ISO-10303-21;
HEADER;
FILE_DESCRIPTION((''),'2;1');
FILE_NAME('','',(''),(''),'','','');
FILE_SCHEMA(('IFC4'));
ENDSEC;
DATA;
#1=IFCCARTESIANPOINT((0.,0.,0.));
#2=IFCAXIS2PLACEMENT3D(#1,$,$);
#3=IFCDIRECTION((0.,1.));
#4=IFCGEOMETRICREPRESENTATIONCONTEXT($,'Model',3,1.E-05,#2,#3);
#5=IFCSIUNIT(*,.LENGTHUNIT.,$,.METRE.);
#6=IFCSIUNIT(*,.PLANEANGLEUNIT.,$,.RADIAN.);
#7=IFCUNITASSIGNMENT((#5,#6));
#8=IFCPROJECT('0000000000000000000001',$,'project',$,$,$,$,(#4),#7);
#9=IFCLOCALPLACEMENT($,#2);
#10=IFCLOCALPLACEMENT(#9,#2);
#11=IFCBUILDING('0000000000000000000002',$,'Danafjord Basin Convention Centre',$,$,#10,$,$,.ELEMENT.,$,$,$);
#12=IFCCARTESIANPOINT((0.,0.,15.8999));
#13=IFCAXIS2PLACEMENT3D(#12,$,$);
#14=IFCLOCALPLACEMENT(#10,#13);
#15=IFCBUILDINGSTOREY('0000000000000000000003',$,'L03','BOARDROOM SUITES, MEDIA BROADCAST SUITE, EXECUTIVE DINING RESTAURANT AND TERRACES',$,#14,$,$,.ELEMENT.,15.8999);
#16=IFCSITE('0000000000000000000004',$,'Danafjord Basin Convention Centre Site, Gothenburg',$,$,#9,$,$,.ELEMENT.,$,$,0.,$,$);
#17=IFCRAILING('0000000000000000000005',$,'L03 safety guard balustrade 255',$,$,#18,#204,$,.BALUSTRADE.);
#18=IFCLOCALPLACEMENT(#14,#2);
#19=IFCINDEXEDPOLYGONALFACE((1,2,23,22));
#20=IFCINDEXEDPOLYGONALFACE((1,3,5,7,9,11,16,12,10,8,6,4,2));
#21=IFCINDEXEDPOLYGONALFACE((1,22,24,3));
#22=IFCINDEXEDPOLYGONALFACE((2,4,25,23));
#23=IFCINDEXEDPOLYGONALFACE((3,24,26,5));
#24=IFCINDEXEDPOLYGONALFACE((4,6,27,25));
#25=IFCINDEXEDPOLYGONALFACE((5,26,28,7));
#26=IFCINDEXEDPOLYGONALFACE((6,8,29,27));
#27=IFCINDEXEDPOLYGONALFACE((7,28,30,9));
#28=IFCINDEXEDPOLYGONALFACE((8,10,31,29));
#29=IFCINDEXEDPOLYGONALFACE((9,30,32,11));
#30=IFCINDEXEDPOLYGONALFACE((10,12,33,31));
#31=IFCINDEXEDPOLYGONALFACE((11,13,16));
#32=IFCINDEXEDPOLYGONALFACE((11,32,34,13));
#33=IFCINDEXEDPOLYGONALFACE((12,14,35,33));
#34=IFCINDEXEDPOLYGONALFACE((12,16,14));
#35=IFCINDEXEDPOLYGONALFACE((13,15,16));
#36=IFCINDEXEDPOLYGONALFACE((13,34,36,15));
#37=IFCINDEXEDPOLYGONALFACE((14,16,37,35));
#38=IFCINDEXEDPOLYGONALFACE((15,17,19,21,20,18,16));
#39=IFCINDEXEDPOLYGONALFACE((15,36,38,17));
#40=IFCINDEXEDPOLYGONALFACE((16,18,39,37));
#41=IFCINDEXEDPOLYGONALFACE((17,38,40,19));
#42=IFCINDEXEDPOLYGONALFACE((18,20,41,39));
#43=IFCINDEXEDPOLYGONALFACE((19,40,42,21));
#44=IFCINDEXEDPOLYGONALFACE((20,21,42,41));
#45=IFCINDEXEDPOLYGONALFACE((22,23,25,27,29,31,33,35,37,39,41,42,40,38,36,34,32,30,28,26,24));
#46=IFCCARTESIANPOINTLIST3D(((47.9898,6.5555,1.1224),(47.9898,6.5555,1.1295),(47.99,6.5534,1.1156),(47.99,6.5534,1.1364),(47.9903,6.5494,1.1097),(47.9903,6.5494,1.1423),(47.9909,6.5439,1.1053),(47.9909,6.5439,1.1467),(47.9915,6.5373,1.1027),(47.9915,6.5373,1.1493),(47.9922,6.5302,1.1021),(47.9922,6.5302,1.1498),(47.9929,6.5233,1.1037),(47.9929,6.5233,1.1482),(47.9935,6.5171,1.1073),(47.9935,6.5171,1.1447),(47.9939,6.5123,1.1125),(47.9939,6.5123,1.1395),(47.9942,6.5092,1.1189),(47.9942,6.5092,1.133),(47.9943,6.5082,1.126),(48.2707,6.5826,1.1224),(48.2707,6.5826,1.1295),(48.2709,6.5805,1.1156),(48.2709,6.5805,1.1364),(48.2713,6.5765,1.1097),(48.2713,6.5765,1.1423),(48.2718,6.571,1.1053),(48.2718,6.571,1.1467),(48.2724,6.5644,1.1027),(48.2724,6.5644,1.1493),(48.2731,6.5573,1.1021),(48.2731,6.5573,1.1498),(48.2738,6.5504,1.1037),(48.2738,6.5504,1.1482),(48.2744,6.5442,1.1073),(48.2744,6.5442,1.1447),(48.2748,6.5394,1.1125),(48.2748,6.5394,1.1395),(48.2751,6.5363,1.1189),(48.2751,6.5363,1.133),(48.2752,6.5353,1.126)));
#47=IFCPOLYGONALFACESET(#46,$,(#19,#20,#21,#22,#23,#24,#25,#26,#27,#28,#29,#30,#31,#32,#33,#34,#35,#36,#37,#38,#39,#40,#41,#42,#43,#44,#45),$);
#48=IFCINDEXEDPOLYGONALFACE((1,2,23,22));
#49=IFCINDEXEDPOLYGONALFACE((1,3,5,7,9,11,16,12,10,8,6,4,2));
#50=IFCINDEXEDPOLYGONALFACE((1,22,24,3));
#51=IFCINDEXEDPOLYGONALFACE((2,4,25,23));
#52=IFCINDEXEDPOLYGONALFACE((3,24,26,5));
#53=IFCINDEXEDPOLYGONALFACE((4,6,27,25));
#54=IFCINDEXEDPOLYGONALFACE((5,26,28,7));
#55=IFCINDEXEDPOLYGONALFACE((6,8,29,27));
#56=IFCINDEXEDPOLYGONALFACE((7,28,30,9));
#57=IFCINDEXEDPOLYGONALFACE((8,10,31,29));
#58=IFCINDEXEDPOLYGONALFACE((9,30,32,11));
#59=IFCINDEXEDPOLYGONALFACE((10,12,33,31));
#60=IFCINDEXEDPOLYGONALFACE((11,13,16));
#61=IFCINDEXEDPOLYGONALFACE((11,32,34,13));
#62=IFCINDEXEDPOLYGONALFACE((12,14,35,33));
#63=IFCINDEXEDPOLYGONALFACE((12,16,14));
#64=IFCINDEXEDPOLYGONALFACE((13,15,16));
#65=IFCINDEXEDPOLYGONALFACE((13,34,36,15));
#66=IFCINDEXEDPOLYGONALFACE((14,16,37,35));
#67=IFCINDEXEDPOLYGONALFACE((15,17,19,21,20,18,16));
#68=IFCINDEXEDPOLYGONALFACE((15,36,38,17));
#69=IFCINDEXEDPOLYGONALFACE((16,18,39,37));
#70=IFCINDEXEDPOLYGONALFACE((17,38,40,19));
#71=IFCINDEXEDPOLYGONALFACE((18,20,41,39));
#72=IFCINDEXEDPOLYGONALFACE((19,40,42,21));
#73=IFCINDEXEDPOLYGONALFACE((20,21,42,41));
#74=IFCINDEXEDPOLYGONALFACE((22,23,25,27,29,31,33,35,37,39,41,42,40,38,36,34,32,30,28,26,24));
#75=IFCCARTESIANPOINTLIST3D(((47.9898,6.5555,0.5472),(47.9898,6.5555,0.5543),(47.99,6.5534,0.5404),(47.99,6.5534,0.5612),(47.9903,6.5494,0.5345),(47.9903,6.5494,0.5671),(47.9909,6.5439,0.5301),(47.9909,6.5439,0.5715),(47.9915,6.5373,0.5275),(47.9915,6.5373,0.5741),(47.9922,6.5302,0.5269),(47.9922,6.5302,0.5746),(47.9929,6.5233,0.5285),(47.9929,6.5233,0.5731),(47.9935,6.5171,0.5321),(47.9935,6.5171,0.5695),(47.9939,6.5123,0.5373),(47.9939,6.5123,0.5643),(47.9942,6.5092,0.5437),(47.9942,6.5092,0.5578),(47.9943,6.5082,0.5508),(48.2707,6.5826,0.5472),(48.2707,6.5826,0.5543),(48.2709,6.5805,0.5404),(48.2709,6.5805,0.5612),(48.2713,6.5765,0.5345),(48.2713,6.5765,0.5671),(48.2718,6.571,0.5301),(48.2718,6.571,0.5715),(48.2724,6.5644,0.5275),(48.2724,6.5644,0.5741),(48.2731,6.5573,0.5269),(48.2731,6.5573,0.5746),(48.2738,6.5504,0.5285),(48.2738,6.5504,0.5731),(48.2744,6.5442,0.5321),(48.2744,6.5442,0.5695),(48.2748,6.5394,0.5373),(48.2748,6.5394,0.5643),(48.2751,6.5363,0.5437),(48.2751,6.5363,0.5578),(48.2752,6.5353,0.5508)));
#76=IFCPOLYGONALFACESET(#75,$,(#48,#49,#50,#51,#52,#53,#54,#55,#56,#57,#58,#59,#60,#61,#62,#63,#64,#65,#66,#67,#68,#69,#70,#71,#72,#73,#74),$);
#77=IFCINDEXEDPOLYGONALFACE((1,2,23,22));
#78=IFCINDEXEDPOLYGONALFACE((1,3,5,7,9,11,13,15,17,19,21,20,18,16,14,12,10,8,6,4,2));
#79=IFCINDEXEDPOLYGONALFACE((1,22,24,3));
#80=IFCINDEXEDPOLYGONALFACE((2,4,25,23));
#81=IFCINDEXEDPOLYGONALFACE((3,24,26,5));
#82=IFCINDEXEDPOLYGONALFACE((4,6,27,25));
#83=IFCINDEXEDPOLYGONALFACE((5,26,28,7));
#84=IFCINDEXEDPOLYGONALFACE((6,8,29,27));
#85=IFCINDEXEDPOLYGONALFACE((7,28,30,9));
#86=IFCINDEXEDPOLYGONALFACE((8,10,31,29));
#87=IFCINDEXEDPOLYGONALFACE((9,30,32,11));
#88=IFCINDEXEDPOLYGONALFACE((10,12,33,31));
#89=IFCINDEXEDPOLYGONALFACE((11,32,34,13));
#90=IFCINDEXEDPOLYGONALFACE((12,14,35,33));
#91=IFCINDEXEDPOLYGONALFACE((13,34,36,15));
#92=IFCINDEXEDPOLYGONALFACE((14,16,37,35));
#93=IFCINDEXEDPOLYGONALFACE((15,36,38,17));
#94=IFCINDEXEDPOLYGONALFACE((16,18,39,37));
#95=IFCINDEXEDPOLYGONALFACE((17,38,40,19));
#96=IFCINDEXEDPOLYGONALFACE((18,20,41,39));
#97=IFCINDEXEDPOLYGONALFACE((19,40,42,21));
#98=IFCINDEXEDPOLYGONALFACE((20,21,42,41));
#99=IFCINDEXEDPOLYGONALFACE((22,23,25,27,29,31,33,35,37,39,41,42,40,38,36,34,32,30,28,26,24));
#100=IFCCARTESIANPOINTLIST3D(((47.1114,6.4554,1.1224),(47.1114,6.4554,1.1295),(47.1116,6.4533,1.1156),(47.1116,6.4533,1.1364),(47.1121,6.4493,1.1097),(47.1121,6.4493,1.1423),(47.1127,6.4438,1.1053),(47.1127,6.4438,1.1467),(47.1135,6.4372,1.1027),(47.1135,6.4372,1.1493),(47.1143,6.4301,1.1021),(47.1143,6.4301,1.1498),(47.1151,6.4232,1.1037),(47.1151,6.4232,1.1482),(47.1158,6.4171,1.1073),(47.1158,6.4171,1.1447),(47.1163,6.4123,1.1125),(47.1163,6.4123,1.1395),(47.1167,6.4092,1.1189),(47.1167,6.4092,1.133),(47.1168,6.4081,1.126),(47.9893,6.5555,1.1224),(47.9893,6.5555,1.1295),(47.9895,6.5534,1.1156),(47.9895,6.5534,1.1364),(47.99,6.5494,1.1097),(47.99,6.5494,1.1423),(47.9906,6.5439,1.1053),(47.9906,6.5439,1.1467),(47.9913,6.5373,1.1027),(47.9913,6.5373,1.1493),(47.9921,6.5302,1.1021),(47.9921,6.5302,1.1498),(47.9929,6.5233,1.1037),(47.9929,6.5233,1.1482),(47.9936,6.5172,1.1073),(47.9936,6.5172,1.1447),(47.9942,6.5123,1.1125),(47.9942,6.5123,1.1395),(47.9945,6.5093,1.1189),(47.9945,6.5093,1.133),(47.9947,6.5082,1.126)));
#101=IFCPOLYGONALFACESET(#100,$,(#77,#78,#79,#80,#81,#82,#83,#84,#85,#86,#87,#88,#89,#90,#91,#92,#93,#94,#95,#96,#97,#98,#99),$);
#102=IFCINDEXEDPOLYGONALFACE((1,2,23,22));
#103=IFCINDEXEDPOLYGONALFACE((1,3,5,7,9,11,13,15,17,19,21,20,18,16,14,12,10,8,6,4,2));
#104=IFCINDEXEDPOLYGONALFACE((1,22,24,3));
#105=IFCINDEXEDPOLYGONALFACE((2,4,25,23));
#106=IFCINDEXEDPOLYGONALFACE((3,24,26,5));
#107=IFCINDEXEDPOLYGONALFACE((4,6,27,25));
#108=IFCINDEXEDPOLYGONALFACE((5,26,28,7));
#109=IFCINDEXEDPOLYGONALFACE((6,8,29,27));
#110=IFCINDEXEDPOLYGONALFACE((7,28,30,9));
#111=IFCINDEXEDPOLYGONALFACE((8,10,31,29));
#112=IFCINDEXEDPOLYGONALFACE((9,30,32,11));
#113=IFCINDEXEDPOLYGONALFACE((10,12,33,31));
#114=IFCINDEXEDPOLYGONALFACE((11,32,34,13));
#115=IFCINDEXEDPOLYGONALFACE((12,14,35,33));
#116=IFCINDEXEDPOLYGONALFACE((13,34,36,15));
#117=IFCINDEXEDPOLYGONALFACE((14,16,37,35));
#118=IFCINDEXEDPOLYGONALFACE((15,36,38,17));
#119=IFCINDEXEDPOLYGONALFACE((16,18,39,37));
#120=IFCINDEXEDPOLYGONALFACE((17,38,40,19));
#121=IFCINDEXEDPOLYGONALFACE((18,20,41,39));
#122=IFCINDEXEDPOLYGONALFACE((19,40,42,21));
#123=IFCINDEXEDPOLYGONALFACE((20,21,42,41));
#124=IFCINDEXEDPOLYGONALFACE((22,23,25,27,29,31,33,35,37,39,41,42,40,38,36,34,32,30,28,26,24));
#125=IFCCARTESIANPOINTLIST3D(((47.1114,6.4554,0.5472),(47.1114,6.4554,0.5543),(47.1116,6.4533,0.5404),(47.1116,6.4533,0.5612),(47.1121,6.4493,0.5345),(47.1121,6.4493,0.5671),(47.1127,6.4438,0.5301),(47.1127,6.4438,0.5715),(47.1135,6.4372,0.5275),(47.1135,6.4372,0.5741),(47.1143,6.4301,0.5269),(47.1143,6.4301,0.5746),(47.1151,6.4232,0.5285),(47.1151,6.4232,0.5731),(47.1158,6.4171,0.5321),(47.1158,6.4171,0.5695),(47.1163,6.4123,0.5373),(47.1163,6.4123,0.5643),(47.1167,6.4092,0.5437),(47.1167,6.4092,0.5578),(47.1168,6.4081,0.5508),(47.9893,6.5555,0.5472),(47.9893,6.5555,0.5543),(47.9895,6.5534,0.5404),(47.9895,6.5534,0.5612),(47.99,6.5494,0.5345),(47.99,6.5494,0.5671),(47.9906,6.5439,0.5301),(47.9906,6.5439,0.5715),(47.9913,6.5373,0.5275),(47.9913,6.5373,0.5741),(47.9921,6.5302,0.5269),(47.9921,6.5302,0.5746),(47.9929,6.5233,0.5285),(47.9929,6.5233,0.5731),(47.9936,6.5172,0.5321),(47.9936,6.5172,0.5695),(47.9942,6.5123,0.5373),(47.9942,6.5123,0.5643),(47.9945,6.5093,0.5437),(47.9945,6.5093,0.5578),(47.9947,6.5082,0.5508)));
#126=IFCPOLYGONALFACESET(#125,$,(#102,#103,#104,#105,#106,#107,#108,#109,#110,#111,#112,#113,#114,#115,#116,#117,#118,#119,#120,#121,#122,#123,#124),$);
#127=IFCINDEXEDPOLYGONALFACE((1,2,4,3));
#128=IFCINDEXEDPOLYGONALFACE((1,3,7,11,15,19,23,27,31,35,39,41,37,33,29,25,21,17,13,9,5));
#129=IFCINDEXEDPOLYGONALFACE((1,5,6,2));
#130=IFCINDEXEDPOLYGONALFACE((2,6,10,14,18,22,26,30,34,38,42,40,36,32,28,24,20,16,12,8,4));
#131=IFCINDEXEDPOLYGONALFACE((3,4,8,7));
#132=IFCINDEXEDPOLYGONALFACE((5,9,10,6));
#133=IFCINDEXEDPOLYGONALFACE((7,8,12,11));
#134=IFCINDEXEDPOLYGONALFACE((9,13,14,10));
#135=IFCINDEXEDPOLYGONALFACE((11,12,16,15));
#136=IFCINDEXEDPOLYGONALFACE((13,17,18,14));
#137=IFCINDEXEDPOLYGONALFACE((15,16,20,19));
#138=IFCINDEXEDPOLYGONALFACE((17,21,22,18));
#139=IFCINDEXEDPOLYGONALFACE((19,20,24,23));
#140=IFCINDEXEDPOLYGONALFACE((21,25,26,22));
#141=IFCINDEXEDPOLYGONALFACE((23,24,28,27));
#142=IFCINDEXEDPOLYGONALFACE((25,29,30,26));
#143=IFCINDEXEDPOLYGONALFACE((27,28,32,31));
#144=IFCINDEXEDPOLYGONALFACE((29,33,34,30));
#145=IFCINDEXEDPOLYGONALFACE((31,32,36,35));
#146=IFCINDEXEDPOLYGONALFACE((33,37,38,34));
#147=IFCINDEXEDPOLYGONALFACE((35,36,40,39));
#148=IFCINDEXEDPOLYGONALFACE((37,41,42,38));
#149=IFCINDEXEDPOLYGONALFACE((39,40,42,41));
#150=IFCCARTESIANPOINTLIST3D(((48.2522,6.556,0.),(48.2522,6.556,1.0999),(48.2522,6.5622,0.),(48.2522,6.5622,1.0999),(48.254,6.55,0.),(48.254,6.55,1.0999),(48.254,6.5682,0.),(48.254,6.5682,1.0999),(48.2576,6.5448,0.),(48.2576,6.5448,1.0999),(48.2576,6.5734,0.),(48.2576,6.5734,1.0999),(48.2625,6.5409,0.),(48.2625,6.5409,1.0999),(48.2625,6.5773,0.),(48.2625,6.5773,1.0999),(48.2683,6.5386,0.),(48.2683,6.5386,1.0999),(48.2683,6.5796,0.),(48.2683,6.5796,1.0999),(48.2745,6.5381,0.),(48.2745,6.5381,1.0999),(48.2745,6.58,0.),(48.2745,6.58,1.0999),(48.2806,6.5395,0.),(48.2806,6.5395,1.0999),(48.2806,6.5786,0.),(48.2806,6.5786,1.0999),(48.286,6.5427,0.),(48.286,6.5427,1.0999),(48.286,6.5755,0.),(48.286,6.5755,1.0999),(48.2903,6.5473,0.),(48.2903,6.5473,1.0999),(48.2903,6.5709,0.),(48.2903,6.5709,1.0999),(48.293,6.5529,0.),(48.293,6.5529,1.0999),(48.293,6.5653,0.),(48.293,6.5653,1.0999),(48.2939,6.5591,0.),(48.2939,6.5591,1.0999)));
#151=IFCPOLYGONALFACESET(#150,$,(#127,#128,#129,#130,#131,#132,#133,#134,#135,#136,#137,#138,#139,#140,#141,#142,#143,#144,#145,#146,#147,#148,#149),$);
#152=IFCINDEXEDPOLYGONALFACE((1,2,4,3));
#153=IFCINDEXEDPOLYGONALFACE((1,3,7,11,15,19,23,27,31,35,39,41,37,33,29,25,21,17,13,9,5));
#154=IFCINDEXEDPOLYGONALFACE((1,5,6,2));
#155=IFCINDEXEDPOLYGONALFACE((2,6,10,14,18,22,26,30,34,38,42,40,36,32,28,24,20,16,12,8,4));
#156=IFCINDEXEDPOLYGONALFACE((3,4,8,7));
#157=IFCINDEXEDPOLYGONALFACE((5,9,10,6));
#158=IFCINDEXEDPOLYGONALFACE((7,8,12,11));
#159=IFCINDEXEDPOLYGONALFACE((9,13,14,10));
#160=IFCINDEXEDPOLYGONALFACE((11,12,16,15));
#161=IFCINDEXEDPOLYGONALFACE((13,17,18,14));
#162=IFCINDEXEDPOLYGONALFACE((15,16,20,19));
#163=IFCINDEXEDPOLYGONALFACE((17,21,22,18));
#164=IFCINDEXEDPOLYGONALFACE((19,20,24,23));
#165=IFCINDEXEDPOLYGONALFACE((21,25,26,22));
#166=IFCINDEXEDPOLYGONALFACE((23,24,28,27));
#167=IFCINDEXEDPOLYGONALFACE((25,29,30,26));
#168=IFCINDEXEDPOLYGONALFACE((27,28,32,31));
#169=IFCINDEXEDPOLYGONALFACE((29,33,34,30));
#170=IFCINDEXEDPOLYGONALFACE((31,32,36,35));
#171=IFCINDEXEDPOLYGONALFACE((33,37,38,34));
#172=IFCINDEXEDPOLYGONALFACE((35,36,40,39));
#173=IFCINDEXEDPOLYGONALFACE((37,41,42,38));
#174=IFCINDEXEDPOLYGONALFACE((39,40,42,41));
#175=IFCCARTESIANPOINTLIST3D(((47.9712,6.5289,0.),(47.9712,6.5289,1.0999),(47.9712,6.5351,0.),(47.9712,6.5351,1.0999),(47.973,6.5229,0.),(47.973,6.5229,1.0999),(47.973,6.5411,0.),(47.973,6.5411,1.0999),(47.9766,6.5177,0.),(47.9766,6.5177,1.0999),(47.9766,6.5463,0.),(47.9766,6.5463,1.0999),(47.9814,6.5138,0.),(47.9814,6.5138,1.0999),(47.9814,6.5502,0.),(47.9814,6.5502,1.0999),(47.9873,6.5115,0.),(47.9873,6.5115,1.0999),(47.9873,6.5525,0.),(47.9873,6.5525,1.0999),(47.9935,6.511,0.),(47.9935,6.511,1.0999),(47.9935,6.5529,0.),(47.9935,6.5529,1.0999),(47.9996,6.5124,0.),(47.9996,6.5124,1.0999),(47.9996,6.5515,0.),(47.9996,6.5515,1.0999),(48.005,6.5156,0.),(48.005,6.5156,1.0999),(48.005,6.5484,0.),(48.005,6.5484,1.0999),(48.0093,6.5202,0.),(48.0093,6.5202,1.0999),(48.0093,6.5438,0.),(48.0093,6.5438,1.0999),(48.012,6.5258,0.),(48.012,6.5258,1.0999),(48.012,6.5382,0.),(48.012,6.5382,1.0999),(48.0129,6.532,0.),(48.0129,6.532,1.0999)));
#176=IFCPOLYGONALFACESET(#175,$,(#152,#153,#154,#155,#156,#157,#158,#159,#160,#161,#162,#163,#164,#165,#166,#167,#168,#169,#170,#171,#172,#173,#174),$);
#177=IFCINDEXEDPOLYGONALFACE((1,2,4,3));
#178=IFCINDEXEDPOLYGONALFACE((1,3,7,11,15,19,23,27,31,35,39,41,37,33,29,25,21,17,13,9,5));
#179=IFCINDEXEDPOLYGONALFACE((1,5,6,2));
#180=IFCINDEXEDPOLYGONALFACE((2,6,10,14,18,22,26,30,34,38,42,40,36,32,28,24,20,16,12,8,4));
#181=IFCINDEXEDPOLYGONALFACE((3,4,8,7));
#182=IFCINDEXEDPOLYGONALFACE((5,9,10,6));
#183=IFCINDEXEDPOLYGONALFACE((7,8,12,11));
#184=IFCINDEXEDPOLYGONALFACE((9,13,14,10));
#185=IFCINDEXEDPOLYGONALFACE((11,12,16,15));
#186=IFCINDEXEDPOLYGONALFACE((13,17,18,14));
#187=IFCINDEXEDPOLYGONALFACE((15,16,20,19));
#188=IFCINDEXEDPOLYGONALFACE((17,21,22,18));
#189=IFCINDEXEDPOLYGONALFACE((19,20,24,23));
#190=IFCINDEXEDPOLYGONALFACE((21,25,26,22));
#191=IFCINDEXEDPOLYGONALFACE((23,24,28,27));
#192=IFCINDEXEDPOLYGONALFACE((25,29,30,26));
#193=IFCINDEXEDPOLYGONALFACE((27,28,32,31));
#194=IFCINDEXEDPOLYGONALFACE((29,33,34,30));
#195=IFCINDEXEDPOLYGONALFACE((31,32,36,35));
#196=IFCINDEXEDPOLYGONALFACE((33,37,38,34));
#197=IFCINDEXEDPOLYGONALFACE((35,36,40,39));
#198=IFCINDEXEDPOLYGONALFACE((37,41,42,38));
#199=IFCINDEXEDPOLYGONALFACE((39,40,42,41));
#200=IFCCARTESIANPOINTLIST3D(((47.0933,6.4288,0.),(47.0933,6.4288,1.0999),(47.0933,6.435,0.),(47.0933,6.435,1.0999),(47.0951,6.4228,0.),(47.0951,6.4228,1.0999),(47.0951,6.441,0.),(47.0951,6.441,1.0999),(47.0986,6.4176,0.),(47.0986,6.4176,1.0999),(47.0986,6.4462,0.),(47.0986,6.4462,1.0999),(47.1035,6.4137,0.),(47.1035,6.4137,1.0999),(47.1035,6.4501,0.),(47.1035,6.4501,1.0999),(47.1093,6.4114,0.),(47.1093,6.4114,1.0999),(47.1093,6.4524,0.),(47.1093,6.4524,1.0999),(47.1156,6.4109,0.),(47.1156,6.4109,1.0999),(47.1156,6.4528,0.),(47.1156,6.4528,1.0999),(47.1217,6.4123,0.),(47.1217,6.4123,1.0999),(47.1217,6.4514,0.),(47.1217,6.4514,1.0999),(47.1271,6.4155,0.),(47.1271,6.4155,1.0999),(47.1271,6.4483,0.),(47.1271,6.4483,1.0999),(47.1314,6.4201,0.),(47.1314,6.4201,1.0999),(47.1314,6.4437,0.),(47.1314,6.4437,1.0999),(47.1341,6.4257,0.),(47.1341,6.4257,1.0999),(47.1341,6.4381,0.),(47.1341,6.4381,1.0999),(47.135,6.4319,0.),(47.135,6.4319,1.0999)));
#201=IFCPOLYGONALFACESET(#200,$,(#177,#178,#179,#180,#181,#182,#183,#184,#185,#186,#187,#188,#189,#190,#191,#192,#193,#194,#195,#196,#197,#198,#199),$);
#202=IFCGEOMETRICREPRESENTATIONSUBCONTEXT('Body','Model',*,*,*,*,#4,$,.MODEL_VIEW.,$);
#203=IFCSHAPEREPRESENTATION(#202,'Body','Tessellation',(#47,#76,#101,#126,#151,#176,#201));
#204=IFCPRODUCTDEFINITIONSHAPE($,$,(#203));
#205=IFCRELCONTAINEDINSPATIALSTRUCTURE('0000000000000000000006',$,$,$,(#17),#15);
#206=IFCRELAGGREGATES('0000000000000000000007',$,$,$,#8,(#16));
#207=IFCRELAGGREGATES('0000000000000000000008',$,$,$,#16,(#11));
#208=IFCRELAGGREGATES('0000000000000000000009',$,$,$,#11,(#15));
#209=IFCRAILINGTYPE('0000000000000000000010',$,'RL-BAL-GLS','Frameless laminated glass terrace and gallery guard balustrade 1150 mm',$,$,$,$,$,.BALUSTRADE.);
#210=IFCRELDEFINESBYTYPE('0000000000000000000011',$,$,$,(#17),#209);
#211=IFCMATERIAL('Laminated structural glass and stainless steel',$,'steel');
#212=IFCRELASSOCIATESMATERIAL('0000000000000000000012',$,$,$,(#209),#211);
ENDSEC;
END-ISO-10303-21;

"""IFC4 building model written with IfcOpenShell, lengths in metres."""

from ifc_helpers import new_model, si_unit, direction, frame, origin, origin_2d, place, context, subcontext, project, spatial, circle, extrude, material, type_object, element, save


model = new_model("IFC4")

# Units and contexts
model_context = context("Model", 3, precision=1e-05, world=origin(), true_north=direction((0.0, 1.0)))
body_context = subcontext(model_context, "Body", "Model", "MODEL_VIEW")
ifc_project = project(units=[si_unit("LENGTHUNIT", "METRE"), si_unit("PLANEANGLEUNIT", "RADIAN")], contexts=[model_context])

# Site, building, storey
site_placement = place(None, origin())
site = spatial("IfcSite", under=ifc_project, at=site_placement, Name="Danafjord Basin Convention Centre Site, Gothenburg", CompositionType="ELEMENT", RefElevation=0.0)
building_placement = place(site_placement, origin())
building = spatial("IfcBuilding", under=site, at=building_placement, Name="Danafjord Basin Convention Centre", CompositionType="ELEMENT")
storey_placement = place(building_placement, frame((0.0, 0.0, 15.8999)))
storey = spatial("IfcBuildingStorey", under=building, at=storey_placement, Name="L03", Description="BOARDROOM SUITES, MEDIA BROADCAST SUITE, EXECUTIVE DINING RESTAURANT AND TERRACES", CompositionType="ELEMENT", Elevation=15.8999)

# Railing
ifc_material_1 = material(Name="Laminated structural glass and stainless steel", Category="steel")
railing_type_1 = type_object("IfcRailingType", Name="RL-BAL-GLS", Description="Frameless laminated glass terrace and gallery guard balustrade 1150 mm", PredefinedType="BALUSTRADE", material=ifc_material_1)
railing_1_placement = place(storey_placement, frame((48.2729, 6.5591, 0.0)))
element("IfcRailing", 1, at=railing_1_placement, inside=storey, type_object=railing_type_1, Name="L03 safety guard balustrade 255", PredefinedType="BALUSTRADE", context=body_context, shape_type="SweptSolid", body=[
    extrude(circle(Radius=0.0239, at=origin_2d()), frame((0.0, 0.0, 1.126), z_axis=(-0.995382, -0.095993, 0.0), x_axis=(0.095993, -0.995382, 0.0)), (0.0, 0.0, 1.0), 0.2822),
    extrude(circle(Radius=0.0239, at=origin_2d()), frame((0.0, 0.0, 0.5508), z_axis=(-0.995382, -0.095993, 0.0), x_axis=(0.095993, -0.995382, 0.0)), (0.0, 0.0, 1.0), 0.2822),
    extrude(circle(Radius=0.0239, at=origin_2d()), frame((-0.281, -0.0271, 1.126), z_axis=(-0.993563, -0.113282, 0.0), x_axis=(0.113282, -0.993563, 0.0)), (0.0, 0.0, 1.0), 0.8835),
    extrude(circle(Radius=0.0239, at=origin_2d()), frame((-0.281, -0.0271, 0.5508), z_axis=(-0.993563, -0.113282, 0.0), x_axis=(0.113282, -0.993563, 0.0)), (0.0, 0.0, 1.0), 0.8835),
    extrude(circle(Radius=0.021, at=origin_2d()), origin(), (0.0, 0.0, 1.0), 1.0999),
    extrude(circle(Radius=0.021, at=origin_2d()), frame((-0.281, -0.0271, 0.0)), (0.0, 0.0, 1.0), 1.0999),
    extrude(circle(Radius=0.021, at=origin_2d()), frame((-1.1589, -0.1272, 0.0)), (0.0, 0.0, 1.0), 1.0999),
])

save(model, "model.ifc")
